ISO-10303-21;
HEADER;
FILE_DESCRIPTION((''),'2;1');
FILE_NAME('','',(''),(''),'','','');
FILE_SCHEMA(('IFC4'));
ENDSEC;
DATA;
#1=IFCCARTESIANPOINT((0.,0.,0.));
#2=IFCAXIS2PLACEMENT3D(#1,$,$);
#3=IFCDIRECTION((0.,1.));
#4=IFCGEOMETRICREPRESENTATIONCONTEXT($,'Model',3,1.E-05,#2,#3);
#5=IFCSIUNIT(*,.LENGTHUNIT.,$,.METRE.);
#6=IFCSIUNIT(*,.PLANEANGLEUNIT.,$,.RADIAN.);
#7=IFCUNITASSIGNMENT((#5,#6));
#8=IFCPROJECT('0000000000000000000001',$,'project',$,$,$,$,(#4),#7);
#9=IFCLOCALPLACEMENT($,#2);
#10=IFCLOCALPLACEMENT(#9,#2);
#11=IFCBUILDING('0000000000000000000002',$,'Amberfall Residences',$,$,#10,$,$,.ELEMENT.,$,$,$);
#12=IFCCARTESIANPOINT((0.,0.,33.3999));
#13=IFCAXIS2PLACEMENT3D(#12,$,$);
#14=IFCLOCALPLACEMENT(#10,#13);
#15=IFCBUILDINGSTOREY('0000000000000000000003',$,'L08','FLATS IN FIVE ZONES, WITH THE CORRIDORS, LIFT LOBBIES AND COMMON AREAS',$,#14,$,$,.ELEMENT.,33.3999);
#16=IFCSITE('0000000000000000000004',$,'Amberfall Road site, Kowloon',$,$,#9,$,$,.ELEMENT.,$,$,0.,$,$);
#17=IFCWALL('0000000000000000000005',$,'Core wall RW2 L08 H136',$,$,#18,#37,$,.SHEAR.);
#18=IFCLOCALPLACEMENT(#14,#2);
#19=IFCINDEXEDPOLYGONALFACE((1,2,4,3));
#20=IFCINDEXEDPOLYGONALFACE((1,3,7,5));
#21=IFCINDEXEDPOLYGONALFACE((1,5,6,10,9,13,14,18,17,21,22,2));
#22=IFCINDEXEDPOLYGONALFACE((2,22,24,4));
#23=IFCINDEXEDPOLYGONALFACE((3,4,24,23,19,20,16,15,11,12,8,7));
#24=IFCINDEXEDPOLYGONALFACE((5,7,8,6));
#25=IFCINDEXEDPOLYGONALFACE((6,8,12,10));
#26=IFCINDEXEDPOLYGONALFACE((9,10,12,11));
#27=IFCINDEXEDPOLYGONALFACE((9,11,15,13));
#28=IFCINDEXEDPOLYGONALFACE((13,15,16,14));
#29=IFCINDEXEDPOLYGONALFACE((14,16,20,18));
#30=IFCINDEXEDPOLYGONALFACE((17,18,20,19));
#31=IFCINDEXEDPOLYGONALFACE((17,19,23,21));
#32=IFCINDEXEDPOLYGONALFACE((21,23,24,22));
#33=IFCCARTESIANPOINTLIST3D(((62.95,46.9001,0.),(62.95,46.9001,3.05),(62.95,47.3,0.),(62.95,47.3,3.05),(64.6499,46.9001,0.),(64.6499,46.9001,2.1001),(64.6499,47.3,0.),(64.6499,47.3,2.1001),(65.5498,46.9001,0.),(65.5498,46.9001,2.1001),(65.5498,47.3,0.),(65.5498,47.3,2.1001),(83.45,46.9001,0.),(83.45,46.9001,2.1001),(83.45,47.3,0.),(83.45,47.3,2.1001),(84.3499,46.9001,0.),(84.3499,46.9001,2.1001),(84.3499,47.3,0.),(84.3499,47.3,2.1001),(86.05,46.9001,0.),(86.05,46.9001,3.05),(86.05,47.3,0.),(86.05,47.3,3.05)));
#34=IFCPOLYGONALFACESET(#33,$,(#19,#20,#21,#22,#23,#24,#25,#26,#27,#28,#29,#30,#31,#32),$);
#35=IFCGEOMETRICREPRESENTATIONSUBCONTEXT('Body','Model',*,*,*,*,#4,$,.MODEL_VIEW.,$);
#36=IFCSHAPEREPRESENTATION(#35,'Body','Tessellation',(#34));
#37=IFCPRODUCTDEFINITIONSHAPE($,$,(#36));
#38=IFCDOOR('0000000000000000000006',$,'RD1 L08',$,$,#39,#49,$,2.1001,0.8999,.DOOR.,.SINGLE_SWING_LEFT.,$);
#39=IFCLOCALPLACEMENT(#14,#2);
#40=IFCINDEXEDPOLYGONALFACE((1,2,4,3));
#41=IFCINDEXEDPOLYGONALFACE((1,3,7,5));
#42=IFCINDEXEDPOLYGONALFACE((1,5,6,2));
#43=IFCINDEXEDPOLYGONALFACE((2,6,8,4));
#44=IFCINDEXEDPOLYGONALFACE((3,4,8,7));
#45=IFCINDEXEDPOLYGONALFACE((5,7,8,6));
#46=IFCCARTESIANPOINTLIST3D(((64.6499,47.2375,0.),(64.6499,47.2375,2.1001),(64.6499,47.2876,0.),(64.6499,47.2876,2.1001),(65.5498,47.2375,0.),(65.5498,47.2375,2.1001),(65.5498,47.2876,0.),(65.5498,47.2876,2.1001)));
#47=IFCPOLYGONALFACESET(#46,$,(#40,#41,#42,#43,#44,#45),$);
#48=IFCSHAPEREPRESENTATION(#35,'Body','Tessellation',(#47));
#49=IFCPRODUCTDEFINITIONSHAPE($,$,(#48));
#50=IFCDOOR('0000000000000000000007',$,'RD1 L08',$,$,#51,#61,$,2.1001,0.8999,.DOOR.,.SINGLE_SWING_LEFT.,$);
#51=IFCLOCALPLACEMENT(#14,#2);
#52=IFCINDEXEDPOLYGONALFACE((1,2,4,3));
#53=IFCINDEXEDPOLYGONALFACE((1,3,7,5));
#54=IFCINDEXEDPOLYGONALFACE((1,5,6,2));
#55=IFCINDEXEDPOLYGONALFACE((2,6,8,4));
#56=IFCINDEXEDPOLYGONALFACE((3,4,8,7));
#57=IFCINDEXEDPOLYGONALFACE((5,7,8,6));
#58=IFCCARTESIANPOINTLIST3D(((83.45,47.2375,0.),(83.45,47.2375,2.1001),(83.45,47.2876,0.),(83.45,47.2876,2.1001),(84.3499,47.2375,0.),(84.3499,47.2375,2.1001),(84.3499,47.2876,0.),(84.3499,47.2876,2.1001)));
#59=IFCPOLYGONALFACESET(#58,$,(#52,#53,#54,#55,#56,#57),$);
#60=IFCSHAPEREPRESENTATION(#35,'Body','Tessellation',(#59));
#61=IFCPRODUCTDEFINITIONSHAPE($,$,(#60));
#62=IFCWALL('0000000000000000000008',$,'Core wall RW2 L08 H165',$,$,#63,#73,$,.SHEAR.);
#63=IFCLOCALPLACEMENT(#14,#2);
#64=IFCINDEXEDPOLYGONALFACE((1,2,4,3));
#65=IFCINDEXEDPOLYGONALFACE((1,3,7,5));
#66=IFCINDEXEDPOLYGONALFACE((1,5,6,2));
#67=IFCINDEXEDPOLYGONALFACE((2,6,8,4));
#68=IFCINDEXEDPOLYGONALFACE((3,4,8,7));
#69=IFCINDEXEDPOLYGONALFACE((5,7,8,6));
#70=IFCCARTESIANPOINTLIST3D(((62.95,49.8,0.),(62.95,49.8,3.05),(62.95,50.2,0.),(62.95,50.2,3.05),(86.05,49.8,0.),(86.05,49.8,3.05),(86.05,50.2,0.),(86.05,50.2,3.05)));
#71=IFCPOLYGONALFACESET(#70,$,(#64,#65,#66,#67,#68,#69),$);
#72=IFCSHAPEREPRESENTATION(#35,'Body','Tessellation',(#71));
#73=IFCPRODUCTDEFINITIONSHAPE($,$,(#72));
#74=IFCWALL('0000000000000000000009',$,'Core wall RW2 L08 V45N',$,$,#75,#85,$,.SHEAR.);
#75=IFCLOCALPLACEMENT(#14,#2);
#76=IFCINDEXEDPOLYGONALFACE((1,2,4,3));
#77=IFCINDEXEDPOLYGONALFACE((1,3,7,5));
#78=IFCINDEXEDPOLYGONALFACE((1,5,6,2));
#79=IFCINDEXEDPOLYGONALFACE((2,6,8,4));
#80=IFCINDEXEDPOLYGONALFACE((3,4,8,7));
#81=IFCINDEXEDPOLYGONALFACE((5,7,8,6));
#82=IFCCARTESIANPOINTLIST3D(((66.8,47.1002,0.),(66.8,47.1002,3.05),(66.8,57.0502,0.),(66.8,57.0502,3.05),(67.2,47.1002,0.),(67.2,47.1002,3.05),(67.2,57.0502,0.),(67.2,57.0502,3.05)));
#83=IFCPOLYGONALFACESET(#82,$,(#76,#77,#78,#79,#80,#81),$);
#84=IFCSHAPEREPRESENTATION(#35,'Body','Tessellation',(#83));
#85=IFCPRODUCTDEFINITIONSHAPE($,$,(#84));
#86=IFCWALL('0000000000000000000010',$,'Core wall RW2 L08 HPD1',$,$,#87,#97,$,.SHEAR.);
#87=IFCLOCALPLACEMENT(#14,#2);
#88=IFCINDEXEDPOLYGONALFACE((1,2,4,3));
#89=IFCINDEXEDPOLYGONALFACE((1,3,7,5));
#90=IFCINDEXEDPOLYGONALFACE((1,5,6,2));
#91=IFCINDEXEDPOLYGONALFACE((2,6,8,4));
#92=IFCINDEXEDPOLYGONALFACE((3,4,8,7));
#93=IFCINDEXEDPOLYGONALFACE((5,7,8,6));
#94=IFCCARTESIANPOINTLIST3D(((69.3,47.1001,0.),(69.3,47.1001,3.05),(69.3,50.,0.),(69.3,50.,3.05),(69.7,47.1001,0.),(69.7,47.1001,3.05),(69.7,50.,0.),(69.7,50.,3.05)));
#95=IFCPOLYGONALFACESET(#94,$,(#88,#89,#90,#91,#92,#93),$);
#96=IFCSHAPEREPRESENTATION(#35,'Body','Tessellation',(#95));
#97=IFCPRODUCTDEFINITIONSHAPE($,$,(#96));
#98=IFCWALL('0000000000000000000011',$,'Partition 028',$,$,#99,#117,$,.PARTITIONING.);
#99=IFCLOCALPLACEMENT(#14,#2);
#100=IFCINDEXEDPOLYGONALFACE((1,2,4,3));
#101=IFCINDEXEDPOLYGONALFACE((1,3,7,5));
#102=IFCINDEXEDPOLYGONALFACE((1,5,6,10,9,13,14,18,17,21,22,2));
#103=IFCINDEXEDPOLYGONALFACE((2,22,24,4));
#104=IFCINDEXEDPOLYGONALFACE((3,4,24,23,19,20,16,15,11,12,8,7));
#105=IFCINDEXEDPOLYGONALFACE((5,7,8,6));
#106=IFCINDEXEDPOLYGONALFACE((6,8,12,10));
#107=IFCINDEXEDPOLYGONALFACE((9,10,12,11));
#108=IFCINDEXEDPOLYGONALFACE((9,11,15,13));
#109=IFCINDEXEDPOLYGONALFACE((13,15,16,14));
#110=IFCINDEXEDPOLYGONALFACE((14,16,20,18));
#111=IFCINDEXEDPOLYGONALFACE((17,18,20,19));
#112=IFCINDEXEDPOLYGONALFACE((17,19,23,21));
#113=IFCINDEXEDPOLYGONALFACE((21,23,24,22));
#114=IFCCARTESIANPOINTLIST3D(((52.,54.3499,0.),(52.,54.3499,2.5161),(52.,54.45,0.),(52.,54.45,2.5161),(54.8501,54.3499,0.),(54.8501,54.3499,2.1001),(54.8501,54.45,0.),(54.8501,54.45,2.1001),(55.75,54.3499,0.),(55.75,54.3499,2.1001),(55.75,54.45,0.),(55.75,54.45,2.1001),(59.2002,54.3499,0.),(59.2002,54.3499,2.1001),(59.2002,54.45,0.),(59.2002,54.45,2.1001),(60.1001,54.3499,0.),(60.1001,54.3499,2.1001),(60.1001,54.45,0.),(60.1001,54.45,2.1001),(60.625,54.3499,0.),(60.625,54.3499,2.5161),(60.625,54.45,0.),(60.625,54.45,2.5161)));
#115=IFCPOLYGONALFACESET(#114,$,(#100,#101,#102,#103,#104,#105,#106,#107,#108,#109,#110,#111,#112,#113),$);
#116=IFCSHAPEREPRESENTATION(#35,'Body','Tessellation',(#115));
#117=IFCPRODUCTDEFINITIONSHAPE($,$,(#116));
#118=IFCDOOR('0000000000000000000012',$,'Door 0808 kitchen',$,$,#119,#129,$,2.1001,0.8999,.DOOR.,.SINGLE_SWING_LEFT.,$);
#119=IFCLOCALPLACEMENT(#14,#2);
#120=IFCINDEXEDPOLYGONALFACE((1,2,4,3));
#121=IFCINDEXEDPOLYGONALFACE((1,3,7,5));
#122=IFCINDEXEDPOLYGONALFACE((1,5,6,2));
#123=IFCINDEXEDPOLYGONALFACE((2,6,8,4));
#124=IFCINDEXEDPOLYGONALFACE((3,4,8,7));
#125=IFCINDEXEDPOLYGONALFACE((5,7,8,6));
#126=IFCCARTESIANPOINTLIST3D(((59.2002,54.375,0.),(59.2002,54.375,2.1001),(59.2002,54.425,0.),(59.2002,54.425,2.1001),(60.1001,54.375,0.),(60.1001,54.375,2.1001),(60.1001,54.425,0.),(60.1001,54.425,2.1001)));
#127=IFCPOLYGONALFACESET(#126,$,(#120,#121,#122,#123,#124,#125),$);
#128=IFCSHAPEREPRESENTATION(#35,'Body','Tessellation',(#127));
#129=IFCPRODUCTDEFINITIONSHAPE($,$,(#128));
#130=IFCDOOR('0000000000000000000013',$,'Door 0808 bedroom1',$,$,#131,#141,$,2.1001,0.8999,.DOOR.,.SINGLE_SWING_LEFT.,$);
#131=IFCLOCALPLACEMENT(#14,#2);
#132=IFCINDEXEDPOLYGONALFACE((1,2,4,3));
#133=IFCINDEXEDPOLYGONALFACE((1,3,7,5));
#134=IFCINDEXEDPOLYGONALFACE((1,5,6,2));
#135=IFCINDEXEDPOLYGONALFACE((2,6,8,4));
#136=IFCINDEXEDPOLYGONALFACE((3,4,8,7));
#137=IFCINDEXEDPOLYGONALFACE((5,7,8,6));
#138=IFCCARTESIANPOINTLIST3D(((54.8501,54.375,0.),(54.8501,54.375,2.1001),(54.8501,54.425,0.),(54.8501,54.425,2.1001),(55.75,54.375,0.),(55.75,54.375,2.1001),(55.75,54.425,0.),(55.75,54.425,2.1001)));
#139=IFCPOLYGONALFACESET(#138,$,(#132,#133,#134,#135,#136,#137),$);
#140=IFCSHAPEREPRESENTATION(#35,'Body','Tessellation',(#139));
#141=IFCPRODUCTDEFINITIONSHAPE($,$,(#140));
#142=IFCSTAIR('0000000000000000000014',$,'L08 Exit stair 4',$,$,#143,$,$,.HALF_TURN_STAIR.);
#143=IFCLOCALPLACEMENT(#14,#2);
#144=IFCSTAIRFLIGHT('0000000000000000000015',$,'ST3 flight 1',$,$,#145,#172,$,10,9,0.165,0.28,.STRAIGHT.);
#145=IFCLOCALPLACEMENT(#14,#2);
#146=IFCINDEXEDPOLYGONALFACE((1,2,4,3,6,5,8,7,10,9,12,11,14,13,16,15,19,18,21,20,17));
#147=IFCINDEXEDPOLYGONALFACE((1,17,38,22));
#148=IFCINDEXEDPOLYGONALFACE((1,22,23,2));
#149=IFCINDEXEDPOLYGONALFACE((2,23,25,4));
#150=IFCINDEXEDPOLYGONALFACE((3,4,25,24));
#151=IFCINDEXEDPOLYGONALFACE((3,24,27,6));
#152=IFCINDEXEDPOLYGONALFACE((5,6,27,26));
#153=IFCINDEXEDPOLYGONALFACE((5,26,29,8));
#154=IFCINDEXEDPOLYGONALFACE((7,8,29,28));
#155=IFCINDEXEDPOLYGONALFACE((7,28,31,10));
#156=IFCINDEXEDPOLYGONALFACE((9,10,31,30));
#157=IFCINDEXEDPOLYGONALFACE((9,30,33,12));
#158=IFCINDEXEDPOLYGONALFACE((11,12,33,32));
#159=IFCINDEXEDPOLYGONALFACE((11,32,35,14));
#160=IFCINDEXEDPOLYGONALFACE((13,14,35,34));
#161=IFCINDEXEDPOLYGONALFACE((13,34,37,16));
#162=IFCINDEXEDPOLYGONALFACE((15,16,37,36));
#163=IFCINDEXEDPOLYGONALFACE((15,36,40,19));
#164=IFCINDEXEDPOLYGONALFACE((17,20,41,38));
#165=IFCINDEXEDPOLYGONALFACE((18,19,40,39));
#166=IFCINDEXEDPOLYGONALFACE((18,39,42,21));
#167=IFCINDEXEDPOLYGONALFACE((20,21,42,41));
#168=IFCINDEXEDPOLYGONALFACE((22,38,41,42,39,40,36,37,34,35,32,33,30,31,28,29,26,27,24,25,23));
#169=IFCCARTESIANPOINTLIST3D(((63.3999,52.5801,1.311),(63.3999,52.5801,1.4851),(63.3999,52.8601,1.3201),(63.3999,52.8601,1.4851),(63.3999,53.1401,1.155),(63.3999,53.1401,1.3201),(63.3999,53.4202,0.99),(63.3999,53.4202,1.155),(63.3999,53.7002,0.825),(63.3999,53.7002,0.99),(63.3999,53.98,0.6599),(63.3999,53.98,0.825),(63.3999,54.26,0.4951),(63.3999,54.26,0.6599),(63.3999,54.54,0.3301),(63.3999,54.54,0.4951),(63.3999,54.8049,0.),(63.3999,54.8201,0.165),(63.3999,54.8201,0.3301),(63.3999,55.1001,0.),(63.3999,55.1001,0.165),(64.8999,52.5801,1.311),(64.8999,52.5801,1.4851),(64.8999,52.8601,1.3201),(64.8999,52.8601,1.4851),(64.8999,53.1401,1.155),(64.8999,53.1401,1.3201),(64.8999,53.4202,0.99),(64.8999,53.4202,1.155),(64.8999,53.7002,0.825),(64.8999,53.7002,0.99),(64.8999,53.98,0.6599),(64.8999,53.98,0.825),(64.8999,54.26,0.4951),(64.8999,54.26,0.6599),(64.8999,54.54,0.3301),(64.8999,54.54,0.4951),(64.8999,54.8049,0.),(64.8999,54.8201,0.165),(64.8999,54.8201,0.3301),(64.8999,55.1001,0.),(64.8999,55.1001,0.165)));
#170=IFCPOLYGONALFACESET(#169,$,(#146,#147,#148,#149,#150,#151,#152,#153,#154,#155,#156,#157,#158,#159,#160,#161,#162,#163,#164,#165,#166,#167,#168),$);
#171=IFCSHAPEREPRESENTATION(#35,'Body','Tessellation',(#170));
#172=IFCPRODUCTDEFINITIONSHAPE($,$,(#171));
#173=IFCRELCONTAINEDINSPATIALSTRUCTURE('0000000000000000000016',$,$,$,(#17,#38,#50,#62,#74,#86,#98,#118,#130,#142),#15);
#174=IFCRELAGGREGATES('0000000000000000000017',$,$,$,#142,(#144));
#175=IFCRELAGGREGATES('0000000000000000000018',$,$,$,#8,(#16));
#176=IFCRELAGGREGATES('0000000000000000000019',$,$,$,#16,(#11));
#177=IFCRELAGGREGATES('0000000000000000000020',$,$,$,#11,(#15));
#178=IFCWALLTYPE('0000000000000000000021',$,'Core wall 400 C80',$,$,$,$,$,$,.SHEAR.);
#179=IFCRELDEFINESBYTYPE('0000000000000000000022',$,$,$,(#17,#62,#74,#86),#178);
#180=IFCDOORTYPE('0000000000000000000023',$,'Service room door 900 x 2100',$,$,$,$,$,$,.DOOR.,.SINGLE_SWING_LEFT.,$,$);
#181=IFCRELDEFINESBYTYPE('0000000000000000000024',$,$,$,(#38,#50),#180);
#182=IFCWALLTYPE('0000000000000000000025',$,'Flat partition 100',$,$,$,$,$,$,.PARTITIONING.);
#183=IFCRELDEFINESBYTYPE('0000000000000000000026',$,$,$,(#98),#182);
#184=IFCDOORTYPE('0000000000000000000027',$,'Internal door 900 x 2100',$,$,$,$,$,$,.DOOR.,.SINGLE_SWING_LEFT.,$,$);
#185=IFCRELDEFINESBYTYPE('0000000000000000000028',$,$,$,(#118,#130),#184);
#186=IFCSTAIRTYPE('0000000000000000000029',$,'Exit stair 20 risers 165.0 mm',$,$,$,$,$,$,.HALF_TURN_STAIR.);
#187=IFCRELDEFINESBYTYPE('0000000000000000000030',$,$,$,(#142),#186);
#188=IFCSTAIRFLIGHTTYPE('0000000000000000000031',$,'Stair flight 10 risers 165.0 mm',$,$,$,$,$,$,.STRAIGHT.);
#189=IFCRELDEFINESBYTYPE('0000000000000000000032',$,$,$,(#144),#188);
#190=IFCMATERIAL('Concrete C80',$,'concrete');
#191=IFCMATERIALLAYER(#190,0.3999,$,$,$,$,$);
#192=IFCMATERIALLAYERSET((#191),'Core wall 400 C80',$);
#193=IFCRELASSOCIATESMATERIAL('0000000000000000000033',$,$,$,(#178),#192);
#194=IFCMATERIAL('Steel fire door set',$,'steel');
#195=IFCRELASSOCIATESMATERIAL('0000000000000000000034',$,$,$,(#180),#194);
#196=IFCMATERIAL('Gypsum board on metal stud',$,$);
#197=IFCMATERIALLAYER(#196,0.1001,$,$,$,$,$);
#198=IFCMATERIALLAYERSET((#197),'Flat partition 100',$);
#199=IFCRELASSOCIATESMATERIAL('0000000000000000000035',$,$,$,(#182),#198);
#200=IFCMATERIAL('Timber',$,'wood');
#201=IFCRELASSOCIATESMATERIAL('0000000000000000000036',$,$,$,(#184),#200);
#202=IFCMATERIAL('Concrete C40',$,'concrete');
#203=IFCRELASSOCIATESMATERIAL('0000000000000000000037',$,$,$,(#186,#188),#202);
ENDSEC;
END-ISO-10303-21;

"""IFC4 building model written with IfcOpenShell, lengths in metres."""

from ifc_helpers import new_model, si_unit, direction, frame, frame_2d, origin, place, context, subcontext, project, spatial, polyline, rectangle, outline, extrude, material, layer, layer_set, type_object, element, fill, aggregate, save


model = new_model("IFC4")

# Units and contexts
model_context = context("Model", 3, precision=1e-05, world=origin(), true_north=direction((0.0, 1.0)))
body_context = subcontext(model_context, "Body", "Model", "MODEL_VIEW")
ifc_project = project(units=[si_unit("LENGTHUNIT", "METRE"), si_unit("PLANEANGLEUNIT", "RADIAN")], contexts=[model_context])

# Site, building, storey
site_placement = place(None, origin())
site = spatial("IfcSite", under=ifc_project, at=site_placement, Name="Amberfall Road site, Kowloon", CompositionType="ELEMENT", RefElevation=0.0)
building_placement = place(site_placement, origin())
building = spatial("IfcBuilding", under=site, at=building_placement, Name="Amberfall Residences", CompositionType="ELEMENT")
storey_placement = place(building_placement, frame((0.0, 0.0, 33.3999)))
storey = spatial("IfcBuildingStorey", under=building, at=storey_placement, Name="L08", Description="FLATS IN FIVE ZONES, WITH THE CORRIDORS, LIFT LOBBIES AND COMMON AREAS", CompositionType="ELEMENT", Elevation=33.3999)

# Wall, openings, doors
ifc_material_1 = material(Name="Concrete C80", Category="concrete")
ifc_layer_1 = layer(ifc_material_1, 0.3999)
ifc_layer_set_1 = layer_set([ifc_layer_1], Name="Core wall 400 C80")
wall_type_1 = type_object("IfcWallType", Name="Core wall 400 C80", PredefinedType="SHEAR", material=ifc_layer_set_1)
wall_1_placement = place(storey_placement, frame((62.95, 47.1001, 0.0), z_axis=(0.0, 0.0, 1.0), x_axis=(1.0, 0.0, 0.0)))
wall_1 = element("IfcWall", 1, at=wall_1_placement, inside=storey, type_object=wall_type_1, Name="Core wall RW2 L08 H136", PredefinedType="SHEAR", context=body_context, shape_type="SweptSolid", body=[
    extrude(rectangle(XDim=23.1001, YDim=0.3999, at=frame_2d((11.55, 0.0))), origin(), (0.0, 0.0, 1.0), 3.05),
])
opening_1_placement = place(wall_1_placement, frame((1.7, 0.0, 0.0)))
opening_1 = element("IfcOpeningElement", 2, at=opening_1_placement, cuts=wall_1, PredefinedType="OPENING", context=body_context, shape_type="SweptSolid", body=[
    extrude(rectangle(XDim=0.8999, YDim=2.1001, at=frame_2d((0.45, 1.05))), frame((0.0, 0.21, 0.0), z_axis=(0.0, -1.0, 0.0), x_axis=(1.0, 0.0, 0.0)), (0.0, 0.0, 1.0), 0.4199),
])
opening_2_placement = place(wall_1_placement, frame((20.5, 0.0, 0.0)))
opening_2 = element("IfcOpeningElement", 3, at=opening_2_placement, cuts=wall_1, PredefinedType="OPENING", context=body_context, shape_type="SweptSolid", body=[
    extrude(rectangle(XDim=0.8999, YDim=2.1001, at=frame_2d((0.45, 1.05))), frame((0.0, 0.21, 0.0), z_axis=(0.0, -1.0, 0.0), x_axis=(1.0, 0.0, 0.0)), (0.0, 0.0, 1.0), 0.4199),
])
ifc_material_2 = material(Name="Steel fire door set", Category="steel")
door_type_1 = type_object("IfcDoorType", Name="Service room door 900 x 2100", OperationType="SINGLE_SWING_LEFT", PredefinedType="DOOR", material=ifc_material_2)
door_1_placement = place(opening_1_placement, origin())
door_1 = element("IfcDoor", 4, at=door_1_placement, inside=storey, type_object=door_type_1, Name="RD1 L08", OperationType="SINGLE_SWING_LEFT", OverallHeight=2.1001, OverallWidth=0.8999, PredefinedType="DOOR", context=body_context, shape_type="SweptSolid", body=[
    extrude(rectangle(XDim=0.8999, YDim=2.1001, at=frame_2d((0.45, 1.05))), frame((0.0, 0.1875, 0.0), z_axis=(0.0, -1.0, 0.0), x_axis=(1.0, 0.0, 0.0)), (0.0, 0.0, 1.0), 0.05),
])
fill(opening_1, door_1)
door_2_placement = place(opening_2_placement, origin())
door_2 = element("IfcDoor", 5, at=door_2_placement, inside=storey, type_object=door_type_1, Name="RD1 L08", OperationType="SINGLE_SWING_LEFT", OverallHeight=2.1001, OverallWidth=0.8999, PredefinedType="DOOR", context=body_context, shape_type="SweptSolid", body=[
    extrude(rectangle(XDim=0.8999, YDim=2.1001, at=frame_2d((0.45, 1.05))), frame((0.0, 0.1875, 0.0), z_axis=(0.0, -1.0, 0.0), x_axis=(1.0, 0.0, 0.0)), (0.0, 0.0, 1.0), 0.05),
])
fill(opening_2, door_2)

# Walls
wall_2_placement = place(storey_placement, frame((62.95, 50.0, 0.0), z_axis=(0.0, 0.0, 1.0), x_axis=(1.0, 0.0, 0.0)))
element("IfcWall", 6, at=wall_2_placement, inside=storey, type_object=wall_type_1, Name="Core wall RW2 L08 H165", PredefinedType="SHEAR", context=body_context, shape_type="SweptSolid", body=[
    extrude(rectangle(XDim=23.1001, YDim=0.3999, at=frame_2d((11.55, 0.0))), origin(), (0.0, 0.0, 1.0), 3.05),
])
wall_3_placement = place(storey_placement, frame((67.0, 47.1001, 0.0), z_axis=(0.0, 0.0, 1.0), x_axis=(0.0, 1.0, 0.0)))
element("IfcWall", 7, at=wall_3_placement, inside=storey, type_object=wall_type_1, Name="Core wall RW2 L08 V45N", PredefinedType="SHEAR", context=body_context, shape_type="SweptSolid", body=[
    extrude(rectangle(XDim=9.95, YDim=0.3999, at=frame_2d((4.9751, 0.0))), origin(), (0.0, 0.0, 1.0), 3.05),
])
wall_4_placement = place(storey_placement, frame((69.5, 47.1001, 0.0), z_axis=(0.0, 0.0, 1.0), x_axis=(0.0, 1.0, 0.0)))
element("IfcWall", 8, at=wall_4_placement, inside=storey, type_object=wall_type_1, Name="Core wall RW2 L08 HPD1", PredefinedType="SHEAR", context=body_context, shape_type="SweptSolid", body=[
    extrude(rectangle(XDim=2.8999, YDim=0.3999, at=frame_2d((1.45, 0.0))), origin(), (0.0, 0.0, 1.0), 3.05),
])

# Wall, openings, doors
ifc_material_3 = material(Name="Gypsum board on metal stud")
ifc_layer_2 = layer(ifc_material_3, 0.1001)
ifc_layer_set_2 = layer_set([ifc_layer_2], Name="Flat partition 100")
wall_type_2 = type_object("IfcWallType", Name="Flat partition 100", PredefinedType="PARTITIONING", material=ifc_layer_set_2)
wall_5_placement = place(storey_placement, frame((60.625, 54.3999, 0.0), z_axis=(0.0, 0.0, 1.0), x_axis=(-1.0, 0.0, 0.0)))
wall_5 = element("IfcWall", 9, at=wall_5_placement, inside=storey, type_object=wall_type_2, Name="Partition 028", PredefinedType="PARTITIONING", context=body_context, shape_type="SweptSolid", body=[
    extrude(rectangle(XDim=8.625, YDim=0.1001, at=frame_2d((4.3125, 0.0))), origin(), (0.0, 0.0, 1.0), 2.5161),
])
opening_3_placement = place(wall_5_placement, frame((0.5249, 0.0, 0.0)))
opening_3 = element("IfcOpeningElement", 10, at=opening_3_placement, cuts=wall_5, PredefinedType="OPENING", context=body_context, shape_type="SweptSolid", body=[
    extrude(rectangle(XDim=0.8999, YDim=2.1001, at=frame_2d((0.45, 1.05))), frame((0.0, 0.0601, 0.0), z_axis=(0.0, -1.0, 0.0), x_axis=(1.0, 0.0, 0.0)), (0.0, 0.0, 1.0), 0.1201),
])
opening_4_placement = place(wall_5_placement, frame((4.875, 0.0, 0.0)))
opening_4 = element("IfcOpeningElement", 11, at=opening_4_placement, cuts=wall_5, PredefinedType="OPENING", context=body_context, shape_type="SweptSolid", body=[
    extrude(rectangle(XDim=0.8999, YDim=2.1001, at=frame_2d((0.45, 1.05))), frame((0.0, 0.0601, 0.0), z_axis=(0.0, -1.0, 0.0), x_axis=(1.0, 0.0, 0.0)), (0.0, 0.0, 1.0), 0.1201),
])
ifc_material_4 = material(Name="Timber", Category="wood")
door_type_2 = type_object("IfcDoorType", Name="Internal door 900 x 2100", OperationType="SINGLE_SWING_LEFT", PredefinedType="DOOR", material=ifc_material_4)
door_3_placement = place(opening_3_placement, origin())
door_3 = element("IfcDoor", 12, at=door_3_placement, inside=storey, type_object=door_type_2, Name="Door 0808 kitchen", OperationType="SINGLE_SWING_LEFT", OverallHeight=2.1001, OverallWidth=0.8999, PredefinedType="DOOR", context=body_context, shape_type="SweptSolid", body=[
    extrude(rectangle(XDim=0.8999, YDim=2.1001, at=frame_2d((0.45, 1.05))), frame((0.0, 0.0249, 0.0), z_axis=(0.0, -1.0, 0.0), x_axis=(1.0, 0.0, 0.0)), (0.0, 0.0, 1.0), 0.05),
])
fill(opening_3, door_3)
door_4_placement = place(opening_4_placement, origin())
door_4 = element("IfcDoor", 13, at=door_4_placement, inside=storey, type_object=door_type_2, Name="Door 0808 bedroom1", OperationType="SINGLE_SWING_LEFT", OverallHeight=2.1001, OverallWidth=0.8999, PredefinedType="DOOR", context=body_context, shape_type="SweptSolid", body=[
    extrude(rectangle(XDim=0.8999, YDim=2.1001, at=frame_2d((0.45, 1.05))), frame((0.0, 0.0249, 0.0), z_axis=(0.0, -1.0, 0.0), x_axis=(1.0, 0.0, 0.0)), (0.0, 0.0, 1.0), 0.05),
])
fill(opening_4, door_4)

# Stair, stair flight
ifc_material_5 = material(Name="Concrete C40", Category="concrete")
stair_type = type_object("IfcStairType", Name="Exit stair 20 risers 165.0 mm", PredefinedType="HALF_TURN_STAIR", material=ifc_material_5)
stair_placement = place(storey_placement, origin())
stair = element("IfcStair", 14, at=stair_placement, inside=storey, type_object=stair_type, Name="L08 Exit stair 4", PredefinedType="HALF_TURN_STAIR")
stair_flight_type = type_object("IfcStairFlightType", Name="Stair flight 10 risers 165.0 mm", PredefinedType="STRAIGHT", material=ifc_material_5)
stair_flight_1_placement = place(storey_placement, frame((64.1499, 55.1001, 0.0), z_axis=(0.0, 0.0, 1.0), x_axis=(0.0, -1.0, 0.0)))
stair_flight_1 = element("IfcStairFlight", 15, at=stair_flight_1_placement, type_object=stair_flight_type, Name="ST3 flight 1", NumberOfRisers=10, NumberOfTreads=9, PredefinedType="STRAIGHT", RiserHeight=0.165, TreadLength=0.28, context=body_context, shape_type="SweptSolid", body=[
    extrude(outline(polyline([(0.0, 0.0), (0.0, 0.165), (0.28, 0.165), (0.28, 0.3301), (0.5601, 0.3301), (0.5601, 0.4951), (0.8401, 0.4951), (0.8401, 0.6599), (1.1201, 0.6599), (1.1201, 0.825), (1.3999, 0.825), (1.3999, 0.99), (1.6799, 0.99), (1.6799, 1.155), (1.96, 1.155), (1.96, 1.3201), (2.24, 1.3201), (2.24, 1.4851), (2.52, 1.4851), (2.52, 1.6499), (2.52, 1.311), (0.2952, 0.0), (0.0, 0.0)])), frame((0.0, 0.75, 0.0), z_axis=(0.0, -1.0, 0.0), x_axis=(1.0, 0.0, 0.0)), (0.0, 0.0, 1.0), 1.5),
])
aggregate(stair, [stair_flight_1])

save(model, "model.ifc")
